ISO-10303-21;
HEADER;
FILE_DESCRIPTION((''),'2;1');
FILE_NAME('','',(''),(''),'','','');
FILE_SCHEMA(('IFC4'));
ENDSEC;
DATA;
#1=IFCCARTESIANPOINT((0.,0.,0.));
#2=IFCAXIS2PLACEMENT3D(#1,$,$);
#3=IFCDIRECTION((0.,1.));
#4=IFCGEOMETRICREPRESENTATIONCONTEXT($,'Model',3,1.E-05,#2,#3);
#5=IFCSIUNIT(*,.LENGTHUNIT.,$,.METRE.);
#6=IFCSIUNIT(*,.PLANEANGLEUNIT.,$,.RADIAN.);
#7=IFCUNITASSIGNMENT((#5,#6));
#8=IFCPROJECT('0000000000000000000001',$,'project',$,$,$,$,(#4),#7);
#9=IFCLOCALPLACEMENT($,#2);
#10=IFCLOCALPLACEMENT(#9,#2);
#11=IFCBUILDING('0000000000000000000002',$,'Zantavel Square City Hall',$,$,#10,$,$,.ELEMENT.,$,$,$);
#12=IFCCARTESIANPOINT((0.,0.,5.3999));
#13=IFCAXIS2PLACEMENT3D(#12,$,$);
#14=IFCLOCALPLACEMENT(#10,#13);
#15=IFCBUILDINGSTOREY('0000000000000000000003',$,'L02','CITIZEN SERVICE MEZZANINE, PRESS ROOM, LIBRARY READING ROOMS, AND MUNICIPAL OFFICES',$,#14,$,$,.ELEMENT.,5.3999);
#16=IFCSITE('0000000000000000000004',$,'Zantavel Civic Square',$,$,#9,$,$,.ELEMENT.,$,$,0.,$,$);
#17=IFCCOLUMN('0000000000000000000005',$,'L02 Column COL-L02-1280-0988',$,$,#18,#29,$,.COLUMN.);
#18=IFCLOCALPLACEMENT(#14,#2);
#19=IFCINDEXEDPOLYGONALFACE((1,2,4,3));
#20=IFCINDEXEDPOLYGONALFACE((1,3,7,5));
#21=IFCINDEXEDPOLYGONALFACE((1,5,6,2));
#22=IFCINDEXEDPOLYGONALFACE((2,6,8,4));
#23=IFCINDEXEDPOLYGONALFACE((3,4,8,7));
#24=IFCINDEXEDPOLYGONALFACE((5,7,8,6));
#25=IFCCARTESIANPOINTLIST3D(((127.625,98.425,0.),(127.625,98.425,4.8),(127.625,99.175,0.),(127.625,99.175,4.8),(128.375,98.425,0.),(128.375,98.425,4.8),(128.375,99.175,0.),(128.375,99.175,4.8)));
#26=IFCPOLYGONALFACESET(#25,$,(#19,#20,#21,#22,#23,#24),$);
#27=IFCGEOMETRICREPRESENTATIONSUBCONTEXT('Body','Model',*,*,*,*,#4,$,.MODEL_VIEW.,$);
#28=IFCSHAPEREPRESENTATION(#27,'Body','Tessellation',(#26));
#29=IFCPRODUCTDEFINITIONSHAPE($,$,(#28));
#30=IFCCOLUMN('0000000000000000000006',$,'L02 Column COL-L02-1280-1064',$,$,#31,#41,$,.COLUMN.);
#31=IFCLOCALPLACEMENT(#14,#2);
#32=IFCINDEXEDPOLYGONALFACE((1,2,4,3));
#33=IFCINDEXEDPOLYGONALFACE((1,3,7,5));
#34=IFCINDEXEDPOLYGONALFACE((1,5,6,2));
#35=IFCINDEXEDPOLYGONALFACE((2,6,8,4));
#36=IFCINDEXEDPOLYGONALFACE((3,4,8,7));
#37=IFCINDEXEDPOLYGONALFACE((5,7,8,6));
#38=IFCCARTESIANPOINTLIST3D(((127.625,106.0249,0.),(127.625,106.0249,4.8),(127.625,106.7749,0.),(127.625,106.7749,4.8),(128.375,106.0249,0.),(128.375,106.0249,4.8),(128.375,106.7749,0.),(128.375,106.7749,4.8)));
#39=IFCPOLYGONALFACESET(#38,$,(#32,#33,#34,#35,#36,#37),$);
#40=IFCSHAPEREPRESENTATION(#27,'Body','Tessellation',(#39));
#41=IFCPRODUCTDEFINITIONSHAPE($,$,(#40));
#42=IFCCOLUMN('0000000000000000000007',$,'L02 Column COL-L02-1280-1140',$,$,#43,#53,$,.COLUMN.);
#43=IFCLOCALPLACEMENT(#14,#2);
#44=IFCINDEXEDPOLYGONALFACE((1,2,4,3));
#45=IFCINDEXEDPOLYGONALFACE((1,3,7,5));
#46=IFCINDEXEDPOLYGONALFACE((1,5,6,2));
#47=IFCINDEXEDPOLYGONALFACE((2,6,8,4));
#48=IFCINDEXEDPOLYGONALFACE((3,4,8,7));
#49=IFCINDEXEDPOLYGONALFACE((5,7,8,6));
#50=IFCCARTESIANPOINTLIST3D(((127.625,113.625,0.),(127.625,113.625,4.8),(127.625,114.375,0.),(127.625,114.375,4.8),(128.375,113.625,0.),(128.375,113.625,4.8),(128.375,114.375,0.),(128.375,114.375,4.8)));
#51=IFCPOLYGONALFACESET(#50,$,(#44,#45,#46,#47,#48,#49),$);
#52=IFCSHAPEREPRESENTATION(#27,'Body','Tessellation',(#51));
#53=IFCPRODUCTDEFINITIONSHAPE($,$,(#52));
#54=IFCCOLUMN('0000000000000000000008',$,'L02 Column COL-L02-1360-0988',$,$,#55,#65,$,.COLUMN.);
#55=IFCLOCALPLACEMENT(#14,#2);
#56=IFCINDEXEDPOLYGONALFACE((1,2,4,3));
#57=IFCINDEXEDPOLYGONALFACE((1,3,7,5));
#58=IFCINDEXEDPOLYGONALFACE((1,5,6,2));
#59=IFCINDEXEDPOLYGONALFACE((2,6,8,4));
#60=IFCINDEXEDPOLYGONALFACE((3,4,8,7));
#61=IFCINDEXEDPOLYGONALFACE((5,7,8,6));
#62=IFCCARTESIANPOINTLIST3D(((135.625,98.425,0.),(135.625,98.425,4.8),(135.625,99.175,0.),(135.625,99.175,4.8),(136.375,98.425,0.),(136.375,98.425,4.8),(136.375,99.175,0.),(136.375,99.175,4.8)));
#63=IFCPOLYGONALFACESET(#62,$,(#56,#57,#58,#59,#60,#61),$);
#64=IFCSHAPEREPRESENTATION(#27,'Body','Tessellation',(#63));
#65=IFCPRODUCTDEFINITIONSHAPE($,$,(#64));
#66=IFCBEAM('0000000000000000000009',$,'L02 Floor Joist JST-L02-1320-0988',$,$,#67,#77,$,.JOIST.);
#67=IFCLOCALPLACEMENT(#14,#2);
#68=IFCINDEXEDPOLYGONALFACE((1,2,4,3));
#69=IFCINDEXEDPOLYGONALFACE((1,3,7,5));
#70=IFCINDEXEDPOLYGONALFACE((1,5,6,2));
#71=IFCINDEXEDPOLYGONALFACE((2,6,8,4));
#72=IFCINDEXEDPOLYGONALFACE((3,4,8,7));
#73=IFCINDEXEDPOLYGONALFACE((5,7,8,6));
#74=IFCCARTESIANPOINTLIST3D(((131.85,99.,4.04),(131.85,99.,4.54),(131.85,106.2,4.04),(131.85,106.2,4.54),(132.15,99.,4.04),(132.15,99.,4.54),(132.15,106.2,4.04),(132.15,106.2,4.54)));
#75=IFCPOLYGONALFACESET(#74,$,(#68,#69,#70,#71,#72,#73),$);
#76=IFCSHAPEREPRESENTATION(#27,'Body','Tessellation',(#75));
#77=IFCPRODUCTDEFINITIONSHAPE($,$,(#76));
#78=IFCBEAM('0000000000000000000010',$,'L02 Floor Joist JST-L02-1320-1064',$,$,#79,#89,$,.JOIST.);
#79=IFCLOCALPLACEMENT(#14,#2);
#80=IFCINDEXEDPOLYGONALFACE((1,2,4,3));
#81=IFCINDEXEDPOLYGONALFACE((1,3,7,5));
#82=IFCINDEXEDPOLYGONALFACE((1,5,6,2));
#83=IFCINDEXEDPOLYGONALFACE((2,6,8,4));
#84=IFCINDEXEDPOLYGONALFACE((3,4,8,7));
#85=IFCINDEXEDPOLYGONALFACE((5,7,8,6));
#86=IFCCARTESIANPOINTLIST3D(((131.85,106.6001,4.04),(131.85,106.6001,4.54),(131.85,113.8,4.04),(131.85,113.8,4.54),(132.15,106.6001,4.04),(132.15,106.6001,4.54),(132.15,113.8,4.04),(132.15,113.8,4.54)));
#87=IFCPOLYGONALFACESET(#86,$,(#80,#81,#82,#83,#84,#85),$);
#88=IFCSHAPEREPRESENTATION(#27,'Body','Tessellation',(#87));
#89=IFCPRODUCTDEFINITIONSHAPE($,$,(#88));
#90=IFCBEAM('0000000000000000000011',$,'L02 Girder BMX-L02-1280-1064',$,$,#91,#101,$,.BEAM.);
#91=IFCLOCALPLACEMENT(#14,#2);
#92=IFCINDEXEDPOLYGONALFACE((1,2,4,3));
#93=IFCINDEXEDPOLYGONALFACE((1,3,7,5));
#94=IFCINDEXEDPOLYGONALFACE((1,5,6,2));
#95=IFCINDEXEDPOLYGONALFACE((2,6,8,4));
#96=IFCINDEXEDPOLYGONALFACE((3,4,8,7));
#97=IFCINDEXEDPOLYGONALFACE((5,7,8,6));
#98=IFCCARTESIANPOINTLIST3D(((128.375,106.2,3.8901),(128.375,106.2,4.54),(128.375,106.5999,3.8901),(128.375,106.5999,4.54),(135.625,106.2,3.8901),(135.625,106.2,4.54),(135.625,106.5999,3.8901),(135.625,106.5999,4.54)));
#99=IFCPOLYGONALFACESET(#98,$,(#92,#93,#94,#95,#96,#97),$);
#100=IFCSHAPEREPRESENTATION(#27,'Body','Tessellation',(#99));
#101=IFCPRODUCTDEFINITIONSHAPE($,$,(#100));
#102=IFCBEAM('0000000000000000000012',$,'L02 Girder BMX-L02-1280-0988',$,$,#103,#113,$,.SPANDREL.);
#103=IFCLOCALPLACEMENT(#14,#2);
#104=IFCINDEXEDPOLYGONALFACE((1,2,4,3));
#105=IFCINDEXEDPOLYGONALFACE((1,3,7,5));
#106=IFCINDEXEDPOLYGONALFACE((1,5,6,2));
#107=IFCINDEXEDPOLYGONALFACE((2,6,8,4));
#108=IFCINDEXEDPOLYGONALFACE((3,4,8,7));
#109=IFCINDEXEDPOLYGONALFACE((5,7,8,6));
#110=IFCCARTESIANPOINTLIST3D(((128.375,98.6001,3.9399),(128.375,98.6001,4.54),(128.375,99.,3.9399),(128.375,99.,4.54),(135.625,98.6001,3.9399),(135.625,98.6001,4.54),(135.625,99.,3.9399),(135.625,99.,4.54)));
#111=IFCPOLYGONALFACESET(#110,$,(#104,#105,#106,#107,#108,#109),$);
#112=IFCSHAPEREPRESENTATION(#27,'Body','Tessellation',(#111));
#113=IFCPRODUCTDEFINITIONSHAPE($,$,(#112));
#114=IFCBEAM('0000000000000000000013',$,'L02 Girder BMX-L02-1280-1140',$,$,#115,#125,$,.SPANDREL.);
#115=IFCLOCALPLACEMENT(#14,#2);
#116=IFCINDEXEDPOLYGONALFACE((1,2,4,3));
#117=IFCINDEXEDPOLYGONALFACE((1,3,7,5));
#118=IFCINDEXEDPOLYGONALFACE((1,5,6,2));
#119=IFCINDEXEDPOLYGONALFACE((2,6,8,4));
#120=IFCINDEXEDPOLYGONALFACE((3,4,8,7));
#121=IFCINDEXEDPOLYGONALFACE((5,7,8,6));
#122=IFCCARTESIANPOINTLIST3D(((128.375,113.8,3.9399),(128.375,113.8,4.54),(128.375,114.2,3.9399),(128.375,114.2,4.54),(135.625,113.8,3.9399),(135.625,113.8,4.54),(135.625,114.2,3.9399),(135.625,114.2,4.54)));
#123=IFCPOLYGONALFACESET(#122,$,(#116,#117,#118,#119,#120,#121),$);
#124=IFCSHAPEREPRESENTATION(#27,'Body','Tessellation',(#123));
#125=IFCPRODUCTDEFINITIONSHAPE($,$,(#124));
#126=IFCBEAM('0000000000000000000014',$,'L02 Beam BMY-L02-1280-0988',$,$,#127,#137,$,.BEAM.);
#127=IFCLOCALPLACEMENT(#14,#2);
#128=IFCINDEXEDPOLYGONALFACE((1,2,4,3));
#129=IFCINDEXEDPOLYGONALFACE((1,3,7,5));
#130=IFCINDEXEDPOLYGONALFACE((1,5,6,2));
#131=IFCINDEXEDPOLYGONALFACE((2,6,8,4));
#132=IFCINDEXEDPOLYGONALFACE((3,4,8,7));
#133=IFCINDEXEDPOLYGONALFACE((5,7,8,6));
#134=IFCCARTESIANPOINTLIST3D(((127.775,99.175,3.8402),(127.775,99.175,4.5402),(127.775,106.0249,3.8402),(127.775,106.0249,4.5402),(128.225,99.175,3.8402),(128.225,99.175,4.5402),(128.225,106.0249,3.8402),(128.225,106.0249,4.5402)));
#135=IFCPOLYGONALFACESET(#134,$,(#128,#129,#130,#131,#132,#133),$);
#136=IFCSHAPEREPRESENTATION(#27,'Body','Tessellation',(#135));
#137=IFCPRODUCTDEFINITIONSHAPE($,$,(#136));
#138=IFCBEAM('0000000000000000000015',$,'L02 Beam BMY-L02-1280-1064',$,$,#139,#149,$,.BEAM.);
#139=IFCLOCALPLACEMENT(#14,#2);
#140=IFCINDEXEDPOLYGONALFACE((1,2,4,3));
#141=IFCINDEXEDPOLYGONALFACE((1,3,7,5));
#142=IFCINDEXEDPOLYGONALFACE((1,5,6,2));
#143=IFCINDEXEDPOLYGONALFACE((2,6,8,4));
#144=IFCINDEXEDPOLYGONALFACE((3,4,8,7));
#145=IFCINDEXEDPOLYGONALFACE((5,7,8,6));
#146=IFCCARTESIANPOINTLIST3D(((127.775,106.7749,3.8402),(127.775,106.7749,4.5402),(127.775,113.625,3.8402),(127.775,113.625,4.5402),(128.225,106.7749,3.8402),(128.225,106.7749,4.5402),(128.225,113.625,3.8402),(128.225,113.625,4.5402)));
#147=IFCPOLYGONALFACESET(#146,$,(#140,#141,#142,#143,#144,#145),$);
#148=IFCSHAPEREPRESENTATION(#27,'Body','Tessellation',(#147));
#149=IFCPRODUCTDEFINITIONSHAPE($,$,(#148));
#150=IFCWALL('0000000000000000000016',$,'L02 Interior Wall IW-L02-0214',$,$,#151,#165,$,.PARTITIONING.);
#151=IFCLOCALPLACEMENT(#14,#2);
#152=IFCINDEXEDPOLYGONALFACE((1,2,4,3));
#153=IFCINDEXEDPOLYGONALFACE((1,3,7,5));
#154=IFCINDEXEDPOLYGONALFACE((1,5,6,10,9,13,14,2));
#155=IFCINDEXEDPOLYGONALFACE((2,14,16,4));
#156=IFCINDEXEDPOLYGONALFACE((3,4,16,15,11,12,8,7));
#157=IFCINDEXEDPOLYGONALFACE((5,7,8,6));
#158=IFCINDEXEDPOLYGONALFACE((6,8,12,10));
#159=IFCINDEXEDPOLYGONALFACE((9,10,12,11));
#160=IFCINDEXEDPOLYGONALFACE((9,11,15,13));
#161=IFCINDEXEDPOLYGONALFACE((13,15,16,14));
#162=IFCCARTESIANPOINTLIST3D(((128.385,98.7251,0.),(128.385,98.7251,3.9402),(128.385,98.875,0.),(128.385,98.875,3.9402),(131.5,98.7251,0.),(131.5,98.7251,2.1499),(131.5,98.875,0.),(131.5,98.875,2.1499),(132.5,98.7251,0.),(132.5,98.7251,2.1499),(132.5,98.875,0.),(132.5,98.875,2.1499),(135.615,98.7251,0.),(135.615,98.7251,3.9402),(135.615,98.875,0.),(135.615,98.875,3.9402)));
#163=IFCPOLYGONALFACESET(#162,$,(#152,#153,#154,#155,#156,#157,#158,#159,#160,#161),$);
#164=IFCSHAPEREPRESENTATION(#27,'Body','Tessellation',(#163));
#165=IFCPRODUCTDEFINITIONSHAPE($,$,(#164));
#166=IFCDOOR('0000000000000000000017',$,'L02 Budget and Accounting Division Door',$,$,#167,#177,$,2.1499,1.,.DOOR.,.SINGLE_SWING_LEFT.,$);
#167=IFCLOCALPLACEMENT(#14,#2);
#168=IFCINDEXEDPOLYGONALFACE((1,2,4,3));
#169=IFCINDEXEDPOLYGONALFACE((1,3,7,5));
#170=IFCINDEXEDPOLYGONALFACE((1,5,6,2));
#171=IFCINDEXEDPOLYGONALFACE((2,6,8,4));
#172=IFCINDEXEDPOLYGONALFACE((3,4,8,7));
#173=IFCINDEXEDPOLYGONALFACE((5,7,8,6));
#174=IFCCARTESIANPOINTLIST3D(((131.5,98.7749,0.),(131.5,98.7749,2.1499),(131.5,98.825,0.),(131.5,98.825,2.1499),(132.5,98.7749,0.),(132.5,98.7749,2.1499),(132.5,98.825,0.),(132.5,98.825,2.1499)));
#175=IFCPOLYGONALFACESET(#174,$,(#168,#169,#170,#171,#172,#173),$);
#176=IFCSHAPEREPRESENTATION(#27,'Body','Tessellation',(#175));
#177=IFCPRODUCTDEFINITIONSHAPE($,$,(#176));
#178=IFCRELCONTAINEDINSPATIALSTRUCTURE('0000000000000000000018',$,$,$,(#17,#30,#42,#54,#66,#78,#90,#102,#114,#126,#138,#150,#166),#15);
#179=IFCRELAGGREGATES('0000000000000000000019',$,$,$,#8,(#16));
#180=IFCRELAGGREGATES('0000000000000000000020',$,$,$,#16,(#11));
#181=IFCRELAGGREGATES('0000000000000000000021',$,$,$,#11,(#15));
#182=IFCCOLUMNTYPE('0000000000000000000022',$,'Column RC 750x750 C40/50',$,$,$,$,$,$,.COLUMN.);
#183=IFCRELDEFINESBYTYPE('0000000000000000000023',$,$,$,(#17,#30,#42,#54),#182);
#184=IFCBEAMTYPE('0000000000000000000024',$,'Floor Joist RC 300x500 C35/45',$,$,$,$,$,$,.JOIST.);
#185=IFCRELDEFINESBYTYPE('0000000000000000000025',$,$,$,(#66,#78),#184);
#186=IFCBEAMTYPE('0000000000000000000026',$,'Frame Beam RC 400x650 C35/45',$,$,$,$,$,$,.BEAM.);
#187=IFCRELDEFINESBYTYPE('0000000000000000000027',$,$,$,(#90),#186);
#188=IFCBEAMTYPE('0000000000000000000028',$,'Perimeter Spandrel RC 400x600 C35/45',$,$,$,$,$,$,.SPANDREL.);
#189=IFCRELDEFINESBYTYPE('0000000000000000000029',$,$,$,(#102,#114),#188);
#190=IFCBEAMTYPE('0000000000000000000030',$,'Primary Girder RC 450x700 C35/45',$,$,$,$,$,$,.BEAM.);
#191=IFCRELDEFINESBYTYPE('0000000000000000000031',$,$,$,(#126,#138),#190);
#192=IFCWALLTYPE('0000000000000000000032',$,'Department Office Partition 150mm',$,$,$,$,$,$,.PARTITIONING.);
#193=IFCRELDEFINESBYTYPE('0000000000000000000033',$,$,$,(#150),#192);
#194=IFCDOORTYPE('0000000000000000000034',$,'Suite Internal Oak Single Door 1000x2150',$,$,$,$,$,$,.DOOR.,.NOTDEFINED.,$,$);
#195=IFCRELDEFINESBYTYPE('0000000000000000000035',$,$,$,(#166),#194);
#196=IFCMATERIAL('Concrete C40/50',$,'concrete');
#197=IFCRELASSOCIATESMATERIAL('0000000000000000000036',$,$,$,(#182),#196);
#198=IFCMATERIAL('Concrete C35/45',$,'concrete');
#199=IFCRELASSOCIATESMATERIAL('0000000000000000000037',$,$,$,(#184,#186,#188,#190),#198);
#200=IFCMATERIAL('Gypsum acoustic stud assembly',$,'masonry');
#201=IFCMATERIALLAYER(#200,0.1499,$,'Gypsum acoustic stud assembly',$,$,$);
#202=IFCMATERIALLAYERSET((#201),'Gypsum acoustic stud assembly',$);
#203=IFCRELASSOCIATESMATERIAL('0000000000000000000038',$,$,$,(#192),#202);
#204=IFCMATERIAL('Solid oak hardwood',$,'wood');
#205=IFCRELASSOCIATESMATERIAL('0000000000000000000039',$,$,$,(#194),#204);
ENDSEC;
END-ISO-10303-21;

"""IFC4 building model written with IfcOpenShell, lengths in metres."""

from ifc_helpers import new_model, si_unit, direction, frame, frame_2d, origin, origin_2d, place, context, subcontext, project, spatial, rectangle, extrude, material, layer, layer_set, material_profile, profile_set, type_object, element, fill, save


model = new_model("IFC4")

# Units and contexts
model_context = context("Model", 3, precision=1e-05, world=origin(), true_north=direction((0.0, 1.0)))
body_context = subcontext(model_context, "Body", "Model", "MODEL_VIEW")
ifc_project = project(units=[si_unit("LENGTHUNIT", "METRE"), si_unit("PLANEANGLEUNIT", "RADIAN")], contexts=[model_context])

# Site, building, storey
site_placement = place(None, origin())
site = spatial("IfcSite", under=ifc_project, at=site_placement, Name="Zantavel Civic Square", CompositionType="ELEMENT", RefElevation=0.0)
building_placement = place(site_placement, origin())
building = spatial("IfcBuilding", under=site, at=building_placement, Name="Zantavel Square City Hall", CompositionType="ELEMENT")
storey_placement = place(building_placement, frame((0.0, 0.0, 5.3999)))
storey = spatial("IfcBuildingStorey", under=building, at=storey_placement, Name="L02", Description="CITIZEN SERVICE MEZZANINE, PRESS ROOM, LIBRARY READING ROOMS, AND MUNICIPAL OFFICES", CompositionType="ELEMENT", Elevation=5.3999)

# Columns
ifc_material_1 = material(Name="Concrete C40/50", Category="concrete")
ifc_material_profile_1 = material_profile(ifc_material_1, rectangle(XDim=0.75, YDim=0.75, at=origin_2d()), Name="RC 750x750")
ifc_profile_set_1 = profile_set([ifc_material_profile_1], Name="Concrete C40/50")
column_type = type_object("IfcColumnType", Name="Column RC 750x750 C40/50", PredefinedType="COLUMN", material=ifc_profile_set_1)
for number, where, z_axis, x_axis, name in (
    (1, (128.0, 98.8, 0.0), (0.0, 0.0, 1.0), (1.0, 0.0, 0.0), "L02 Column COL-L02-1280-0988"),
    (2, (128.0, 106.3999, 0.0), (0.0, 0.0, 1.0), (1.0, 0.0, 0.0), "L02 Column COL-L02-1280-1064"),
    (3, (128.0, 114.0, 0.0), (0.0, 0.0, 1.0), (1.0, 0.0, 0.0), "L02 Column COL-L02-1280-1140"),
    (4, (136.0, 98.8, 0.0), (0.0, 0.0, 1.0), (1.0, 0.0, 0.0), "L02 Column COL-L02-1360-0988"),
):
    element("IfcColumn", number, at=place(storey_placement, frame(where, z_axis=z_axis, x_axis=x_axis)), inside=storey, type_object=column_type, Name=name, PredefinedType="COLUMN", context=body_context, shape_type="SweptSolid", body=[
        extrude(rectangle(XDim=0.75, YDim=0.75, at=origin_2d()), origin(), (0.0, 0.0, 1.0), 4.8),
    ])

# Beams
ifc_material_2 = material(Name="Concrete C35/45", Category="concrete")
ifc_material_profile_2 = material_profile(ifc_material_2, rectangle(XDim=0.3, YDim=0.5, at=origin_2d()), Name="RC 300x500")
ifc_profile_set_2 = profile_set([ifc_material_profile_2], Name="Concrete C35/45")
beam_type_1 = type_object("IfcBeamType", Name="Floor Joist RC 300x500 C35/45", PredefinedType="JOIST", material=ifc_profile_set_2)
for number, where, z_axis, x_axis, name in (
    (5, (132.0, 99.0, 4.29), (0.0, 1.0, 0.0), (-1.0, 0.0, 0.0), "L02 Floor Joist JST-L02-1320-0988"),
    (6, (132.0, 106.6001, 4.29), (0.0, 1.0, 0.0), (-1.0, 0.0, 0.0), "L02 Floor Joist JST-L02-1320-1064"),
):
    element("IfcBeam", number, at=place(storey_placement, frame(where, z_axis=z_axis, x_axis=x_axis)), inside=storey, type_object=beam_type_1, Name=name, PredefinedType="JOIST", context=body_context, shape_type="SweptSolid", body=[
        extrude(rectangle(XDim=0.3, YDim=0.5, at=origin_2d()), origin(), (0.0, 0.0, 1.0), 7.2),
    ])
ifc_material_profile_3 = material_profile(ifc_material_2, rectangle(XDim=0.3999, YDim=0.6499, at=origin_2d()), Name="RC 400x650")
ifc_profile_set_3 = profile_set([ifc_material_profile_3], Name="Concrete C35/45")
beam_type_2 = type_object("IfcBeamType", Name="Frame Beam RC 400x650 C35/45", PredefinedType="BEAM", material=ifc_profile_set_3)
beam_1_placement = place(storey_placement, frame((128.375, 106.3999, 4.2151), z_axis=(1.0, 0.0, 0.0), x_axis=(0.0, 1.0, 0.0)))
element("IfcBeam", 7, at=beam_1_placement, inside=storey, type_object=beam_type_2, Name="L02 Girder BMX-L02-1280-1064", PredefinedType="BEAM", context=body_context, shape_type="SweptSolid", body=[
    extrude(rectangle(XDim=0.3999, YDim=0.6499, at=origin_2d()), origin(), (0.0, 0.0, 1.0), 7.25),
])
ifc_material_profile_4 = material_profile(ifc_material_2, rectangle(XDim=0.3999, YDim=0.6001, at=origin_2d()), Name="RC 400x600")
ifc_profile_set_4 = profile_set([ifc_material_profile_4], Name="Concrete C35/45")
beam_type_3 = type_object("IfcBeamType", Name="Perimeter Spandrel RC 400x600 C35/45", PredefinedType="SPANDREL", material=ifc_profile_set_4)
for number, where, z_axis, x_axis, name in (
    (8, (128.375, 98.8, 4.24), (1.0, 0.0, 0.0), (0.0, 1.0, 0.0), "L02 Girder BMX-L02-1280-0988"),
    (9, (128.375, 114.0, 4.24), (1.0, 0.0, 0.0), (0.0, 1.0, 0.0), "L02 Girder BMX-L02-1280-1140"),
):
    element("IfcBeam", number, at=place(storey_placement, frame(where, z_axis=z_axis, x_axis=x_axis)), inside=storey, type_object=beam_type_3, Name=name, PredefinedType="SPANDREL", context=body_context, shape_type="SweptSolid", body=[
        extrude(rectangle(XDim=0.3999, YDim=0.6001, at=origin_2d()), origin(), (0.0, 0.0, 1.0), 7.25),
    ])
ifc_material_profile_5 = material_profile(ifc_material_2, rectangle(XDim=0.45, YDim=0.7, at=origin_2d()), Name="RC 450x700")
ifc_profile_set_5 = profile_set([ifc_material_profile_5], Name="Concrete C35/45")
beam_type_4 = type_object("IfcBeamType", Name="Primary Girder RC 450x700 C35/45", PredefinedType="BEAM", material=ifc_profile_set_5)
beam_2_placement = place(storey_placement, frame((128.0, 99.175, 4.1902), z_axis=(0.0, 1.0, 0.0), x_axis=(-1.0, 0.0, 0.0)))
element("IfcBeam", 10, at=beam_2_placement, inside=storey, type_object=beam_type_4, Name="L02 Beam BMY-L02-1280-0988", PredefinedType="BEAM", context=body_context, shape_type="SweptSolid", body=[
    extrude(rectangle(XDim=0.45, YDim=0.7, at=origin_2d()), origin(), (0.0, 0.0, 1.0), 6.8499),
])
beam_3_placement = place(storey_placement, frame((128.0, 106.7749, 4.1902), z_axis=(0.0, 1.0, 0.0), x_axis=(-1.0, 0.0, 0.0)))
element("IfcBeam", 11, at=beam_3_placement, inside=storey, type_object=beam_type_4, Name="L02 Beam BMY-L02-1280-1064", PredefinedType="BEAM", context=body_context, shape_type="SweptSolid", body=[
    extrude(rectangle(XDim=0.45, YDim=0.7, at=origin_2d()), origin(), (0.0, 0.0, 1.0), 6.8501),
])

# Wall, opening, door
ifc_material_3 = material(Name="Gypsum acoustic stud assembly", Category="masonry")
ifc_layer_1 = layer(ifc_material_3, 0.1499, Name="Gypsum acoustic stud assembly")
ifc_layer_set_1 = layer_set([ifc_layer_1], Name="Gypsum acoustic stud assembly")
wall_type_1 = type_object("IfcWallType", Name="Department Office Partition 150mm", PredefinedType="PARTITIONING", material=ifc_layer_set_1)
wall_1_placement = place(storey_placement, frame((128.385, 98.8, 0.0), z_axis=(0.0, 0.0, 1.0), x_axis=(1.0, 0.0, 0.0)))
wall_1 = element("IfcWall", 12, at=wall_1_placement, inside=storey, type_object=wall_type_1, Name="L02 Interior Wall IW-L02-0214", PredefinedType="PARTITIONING", context=body_context, shape_type="SweptSolid", body=[
    extrude(rectangle(XDim=7.23, YDim=0.1499, at=frame_2d((3.615, 0.0))), origin(), (0.0, 0.0, 1.0), 3.9402),
])
opening_1_placement = place(wall_1_placement, frame((3.115, 0.0, 0.0)))
opening_1 = element("IfcOpeningElement", 13, at=opening_1_placement, cuts=wall_1, PredefinedType="OPENING", context=body_context, shape_type="SweptSolid", body=[
    extrude(rectangle(XDim=1.0, YDim=2.1499, at=frame_2d((0.5, 1.075))), frame((0.0, 0.085, 0.0), z_axis=(0.0, -1.0, 0.0), x_axis=(1.0, 0.0, 0.0)), (0.0, 0.0, 1.0), 0.1699),
])
ifc_material_4 = material(Name="Solid oak hardwood", Category="wood")
door_type = type_object("IfcDoorType", Name="Suite Internal Oak Single Door 1000x2150", OperationType="NOTDEFINED", PredefinedType="DOOR", material=ifc_material_4)
door_placement = place(opening_1_placement, origin())
door = element("IfcDoor", 14, at=door_placement, inside=storey, type_object=door_type, Name="L02 Budget and Accounting Division Door", OperationType="SINGLE_SWING_LEFT", OverallHeight=2.1499, OverallWidth=1.0, PredefinedType="DOOR", context=body_context, shape_type="SweptSolid", body=[
    extrude(rectangle(XDim=1.0, YDim=2.1499, at=frame_2d((0.5, 1.075))), frame((0.0, 0.0249, 0.0), z_axis=(0.0, -1.0, 0.0), x_axis=(1.0, 0.0, 0.0)), (0.0, 0.0, 1.0), 0.05),
])
fill(opening_1, door)

save(model, "model.ifc")
